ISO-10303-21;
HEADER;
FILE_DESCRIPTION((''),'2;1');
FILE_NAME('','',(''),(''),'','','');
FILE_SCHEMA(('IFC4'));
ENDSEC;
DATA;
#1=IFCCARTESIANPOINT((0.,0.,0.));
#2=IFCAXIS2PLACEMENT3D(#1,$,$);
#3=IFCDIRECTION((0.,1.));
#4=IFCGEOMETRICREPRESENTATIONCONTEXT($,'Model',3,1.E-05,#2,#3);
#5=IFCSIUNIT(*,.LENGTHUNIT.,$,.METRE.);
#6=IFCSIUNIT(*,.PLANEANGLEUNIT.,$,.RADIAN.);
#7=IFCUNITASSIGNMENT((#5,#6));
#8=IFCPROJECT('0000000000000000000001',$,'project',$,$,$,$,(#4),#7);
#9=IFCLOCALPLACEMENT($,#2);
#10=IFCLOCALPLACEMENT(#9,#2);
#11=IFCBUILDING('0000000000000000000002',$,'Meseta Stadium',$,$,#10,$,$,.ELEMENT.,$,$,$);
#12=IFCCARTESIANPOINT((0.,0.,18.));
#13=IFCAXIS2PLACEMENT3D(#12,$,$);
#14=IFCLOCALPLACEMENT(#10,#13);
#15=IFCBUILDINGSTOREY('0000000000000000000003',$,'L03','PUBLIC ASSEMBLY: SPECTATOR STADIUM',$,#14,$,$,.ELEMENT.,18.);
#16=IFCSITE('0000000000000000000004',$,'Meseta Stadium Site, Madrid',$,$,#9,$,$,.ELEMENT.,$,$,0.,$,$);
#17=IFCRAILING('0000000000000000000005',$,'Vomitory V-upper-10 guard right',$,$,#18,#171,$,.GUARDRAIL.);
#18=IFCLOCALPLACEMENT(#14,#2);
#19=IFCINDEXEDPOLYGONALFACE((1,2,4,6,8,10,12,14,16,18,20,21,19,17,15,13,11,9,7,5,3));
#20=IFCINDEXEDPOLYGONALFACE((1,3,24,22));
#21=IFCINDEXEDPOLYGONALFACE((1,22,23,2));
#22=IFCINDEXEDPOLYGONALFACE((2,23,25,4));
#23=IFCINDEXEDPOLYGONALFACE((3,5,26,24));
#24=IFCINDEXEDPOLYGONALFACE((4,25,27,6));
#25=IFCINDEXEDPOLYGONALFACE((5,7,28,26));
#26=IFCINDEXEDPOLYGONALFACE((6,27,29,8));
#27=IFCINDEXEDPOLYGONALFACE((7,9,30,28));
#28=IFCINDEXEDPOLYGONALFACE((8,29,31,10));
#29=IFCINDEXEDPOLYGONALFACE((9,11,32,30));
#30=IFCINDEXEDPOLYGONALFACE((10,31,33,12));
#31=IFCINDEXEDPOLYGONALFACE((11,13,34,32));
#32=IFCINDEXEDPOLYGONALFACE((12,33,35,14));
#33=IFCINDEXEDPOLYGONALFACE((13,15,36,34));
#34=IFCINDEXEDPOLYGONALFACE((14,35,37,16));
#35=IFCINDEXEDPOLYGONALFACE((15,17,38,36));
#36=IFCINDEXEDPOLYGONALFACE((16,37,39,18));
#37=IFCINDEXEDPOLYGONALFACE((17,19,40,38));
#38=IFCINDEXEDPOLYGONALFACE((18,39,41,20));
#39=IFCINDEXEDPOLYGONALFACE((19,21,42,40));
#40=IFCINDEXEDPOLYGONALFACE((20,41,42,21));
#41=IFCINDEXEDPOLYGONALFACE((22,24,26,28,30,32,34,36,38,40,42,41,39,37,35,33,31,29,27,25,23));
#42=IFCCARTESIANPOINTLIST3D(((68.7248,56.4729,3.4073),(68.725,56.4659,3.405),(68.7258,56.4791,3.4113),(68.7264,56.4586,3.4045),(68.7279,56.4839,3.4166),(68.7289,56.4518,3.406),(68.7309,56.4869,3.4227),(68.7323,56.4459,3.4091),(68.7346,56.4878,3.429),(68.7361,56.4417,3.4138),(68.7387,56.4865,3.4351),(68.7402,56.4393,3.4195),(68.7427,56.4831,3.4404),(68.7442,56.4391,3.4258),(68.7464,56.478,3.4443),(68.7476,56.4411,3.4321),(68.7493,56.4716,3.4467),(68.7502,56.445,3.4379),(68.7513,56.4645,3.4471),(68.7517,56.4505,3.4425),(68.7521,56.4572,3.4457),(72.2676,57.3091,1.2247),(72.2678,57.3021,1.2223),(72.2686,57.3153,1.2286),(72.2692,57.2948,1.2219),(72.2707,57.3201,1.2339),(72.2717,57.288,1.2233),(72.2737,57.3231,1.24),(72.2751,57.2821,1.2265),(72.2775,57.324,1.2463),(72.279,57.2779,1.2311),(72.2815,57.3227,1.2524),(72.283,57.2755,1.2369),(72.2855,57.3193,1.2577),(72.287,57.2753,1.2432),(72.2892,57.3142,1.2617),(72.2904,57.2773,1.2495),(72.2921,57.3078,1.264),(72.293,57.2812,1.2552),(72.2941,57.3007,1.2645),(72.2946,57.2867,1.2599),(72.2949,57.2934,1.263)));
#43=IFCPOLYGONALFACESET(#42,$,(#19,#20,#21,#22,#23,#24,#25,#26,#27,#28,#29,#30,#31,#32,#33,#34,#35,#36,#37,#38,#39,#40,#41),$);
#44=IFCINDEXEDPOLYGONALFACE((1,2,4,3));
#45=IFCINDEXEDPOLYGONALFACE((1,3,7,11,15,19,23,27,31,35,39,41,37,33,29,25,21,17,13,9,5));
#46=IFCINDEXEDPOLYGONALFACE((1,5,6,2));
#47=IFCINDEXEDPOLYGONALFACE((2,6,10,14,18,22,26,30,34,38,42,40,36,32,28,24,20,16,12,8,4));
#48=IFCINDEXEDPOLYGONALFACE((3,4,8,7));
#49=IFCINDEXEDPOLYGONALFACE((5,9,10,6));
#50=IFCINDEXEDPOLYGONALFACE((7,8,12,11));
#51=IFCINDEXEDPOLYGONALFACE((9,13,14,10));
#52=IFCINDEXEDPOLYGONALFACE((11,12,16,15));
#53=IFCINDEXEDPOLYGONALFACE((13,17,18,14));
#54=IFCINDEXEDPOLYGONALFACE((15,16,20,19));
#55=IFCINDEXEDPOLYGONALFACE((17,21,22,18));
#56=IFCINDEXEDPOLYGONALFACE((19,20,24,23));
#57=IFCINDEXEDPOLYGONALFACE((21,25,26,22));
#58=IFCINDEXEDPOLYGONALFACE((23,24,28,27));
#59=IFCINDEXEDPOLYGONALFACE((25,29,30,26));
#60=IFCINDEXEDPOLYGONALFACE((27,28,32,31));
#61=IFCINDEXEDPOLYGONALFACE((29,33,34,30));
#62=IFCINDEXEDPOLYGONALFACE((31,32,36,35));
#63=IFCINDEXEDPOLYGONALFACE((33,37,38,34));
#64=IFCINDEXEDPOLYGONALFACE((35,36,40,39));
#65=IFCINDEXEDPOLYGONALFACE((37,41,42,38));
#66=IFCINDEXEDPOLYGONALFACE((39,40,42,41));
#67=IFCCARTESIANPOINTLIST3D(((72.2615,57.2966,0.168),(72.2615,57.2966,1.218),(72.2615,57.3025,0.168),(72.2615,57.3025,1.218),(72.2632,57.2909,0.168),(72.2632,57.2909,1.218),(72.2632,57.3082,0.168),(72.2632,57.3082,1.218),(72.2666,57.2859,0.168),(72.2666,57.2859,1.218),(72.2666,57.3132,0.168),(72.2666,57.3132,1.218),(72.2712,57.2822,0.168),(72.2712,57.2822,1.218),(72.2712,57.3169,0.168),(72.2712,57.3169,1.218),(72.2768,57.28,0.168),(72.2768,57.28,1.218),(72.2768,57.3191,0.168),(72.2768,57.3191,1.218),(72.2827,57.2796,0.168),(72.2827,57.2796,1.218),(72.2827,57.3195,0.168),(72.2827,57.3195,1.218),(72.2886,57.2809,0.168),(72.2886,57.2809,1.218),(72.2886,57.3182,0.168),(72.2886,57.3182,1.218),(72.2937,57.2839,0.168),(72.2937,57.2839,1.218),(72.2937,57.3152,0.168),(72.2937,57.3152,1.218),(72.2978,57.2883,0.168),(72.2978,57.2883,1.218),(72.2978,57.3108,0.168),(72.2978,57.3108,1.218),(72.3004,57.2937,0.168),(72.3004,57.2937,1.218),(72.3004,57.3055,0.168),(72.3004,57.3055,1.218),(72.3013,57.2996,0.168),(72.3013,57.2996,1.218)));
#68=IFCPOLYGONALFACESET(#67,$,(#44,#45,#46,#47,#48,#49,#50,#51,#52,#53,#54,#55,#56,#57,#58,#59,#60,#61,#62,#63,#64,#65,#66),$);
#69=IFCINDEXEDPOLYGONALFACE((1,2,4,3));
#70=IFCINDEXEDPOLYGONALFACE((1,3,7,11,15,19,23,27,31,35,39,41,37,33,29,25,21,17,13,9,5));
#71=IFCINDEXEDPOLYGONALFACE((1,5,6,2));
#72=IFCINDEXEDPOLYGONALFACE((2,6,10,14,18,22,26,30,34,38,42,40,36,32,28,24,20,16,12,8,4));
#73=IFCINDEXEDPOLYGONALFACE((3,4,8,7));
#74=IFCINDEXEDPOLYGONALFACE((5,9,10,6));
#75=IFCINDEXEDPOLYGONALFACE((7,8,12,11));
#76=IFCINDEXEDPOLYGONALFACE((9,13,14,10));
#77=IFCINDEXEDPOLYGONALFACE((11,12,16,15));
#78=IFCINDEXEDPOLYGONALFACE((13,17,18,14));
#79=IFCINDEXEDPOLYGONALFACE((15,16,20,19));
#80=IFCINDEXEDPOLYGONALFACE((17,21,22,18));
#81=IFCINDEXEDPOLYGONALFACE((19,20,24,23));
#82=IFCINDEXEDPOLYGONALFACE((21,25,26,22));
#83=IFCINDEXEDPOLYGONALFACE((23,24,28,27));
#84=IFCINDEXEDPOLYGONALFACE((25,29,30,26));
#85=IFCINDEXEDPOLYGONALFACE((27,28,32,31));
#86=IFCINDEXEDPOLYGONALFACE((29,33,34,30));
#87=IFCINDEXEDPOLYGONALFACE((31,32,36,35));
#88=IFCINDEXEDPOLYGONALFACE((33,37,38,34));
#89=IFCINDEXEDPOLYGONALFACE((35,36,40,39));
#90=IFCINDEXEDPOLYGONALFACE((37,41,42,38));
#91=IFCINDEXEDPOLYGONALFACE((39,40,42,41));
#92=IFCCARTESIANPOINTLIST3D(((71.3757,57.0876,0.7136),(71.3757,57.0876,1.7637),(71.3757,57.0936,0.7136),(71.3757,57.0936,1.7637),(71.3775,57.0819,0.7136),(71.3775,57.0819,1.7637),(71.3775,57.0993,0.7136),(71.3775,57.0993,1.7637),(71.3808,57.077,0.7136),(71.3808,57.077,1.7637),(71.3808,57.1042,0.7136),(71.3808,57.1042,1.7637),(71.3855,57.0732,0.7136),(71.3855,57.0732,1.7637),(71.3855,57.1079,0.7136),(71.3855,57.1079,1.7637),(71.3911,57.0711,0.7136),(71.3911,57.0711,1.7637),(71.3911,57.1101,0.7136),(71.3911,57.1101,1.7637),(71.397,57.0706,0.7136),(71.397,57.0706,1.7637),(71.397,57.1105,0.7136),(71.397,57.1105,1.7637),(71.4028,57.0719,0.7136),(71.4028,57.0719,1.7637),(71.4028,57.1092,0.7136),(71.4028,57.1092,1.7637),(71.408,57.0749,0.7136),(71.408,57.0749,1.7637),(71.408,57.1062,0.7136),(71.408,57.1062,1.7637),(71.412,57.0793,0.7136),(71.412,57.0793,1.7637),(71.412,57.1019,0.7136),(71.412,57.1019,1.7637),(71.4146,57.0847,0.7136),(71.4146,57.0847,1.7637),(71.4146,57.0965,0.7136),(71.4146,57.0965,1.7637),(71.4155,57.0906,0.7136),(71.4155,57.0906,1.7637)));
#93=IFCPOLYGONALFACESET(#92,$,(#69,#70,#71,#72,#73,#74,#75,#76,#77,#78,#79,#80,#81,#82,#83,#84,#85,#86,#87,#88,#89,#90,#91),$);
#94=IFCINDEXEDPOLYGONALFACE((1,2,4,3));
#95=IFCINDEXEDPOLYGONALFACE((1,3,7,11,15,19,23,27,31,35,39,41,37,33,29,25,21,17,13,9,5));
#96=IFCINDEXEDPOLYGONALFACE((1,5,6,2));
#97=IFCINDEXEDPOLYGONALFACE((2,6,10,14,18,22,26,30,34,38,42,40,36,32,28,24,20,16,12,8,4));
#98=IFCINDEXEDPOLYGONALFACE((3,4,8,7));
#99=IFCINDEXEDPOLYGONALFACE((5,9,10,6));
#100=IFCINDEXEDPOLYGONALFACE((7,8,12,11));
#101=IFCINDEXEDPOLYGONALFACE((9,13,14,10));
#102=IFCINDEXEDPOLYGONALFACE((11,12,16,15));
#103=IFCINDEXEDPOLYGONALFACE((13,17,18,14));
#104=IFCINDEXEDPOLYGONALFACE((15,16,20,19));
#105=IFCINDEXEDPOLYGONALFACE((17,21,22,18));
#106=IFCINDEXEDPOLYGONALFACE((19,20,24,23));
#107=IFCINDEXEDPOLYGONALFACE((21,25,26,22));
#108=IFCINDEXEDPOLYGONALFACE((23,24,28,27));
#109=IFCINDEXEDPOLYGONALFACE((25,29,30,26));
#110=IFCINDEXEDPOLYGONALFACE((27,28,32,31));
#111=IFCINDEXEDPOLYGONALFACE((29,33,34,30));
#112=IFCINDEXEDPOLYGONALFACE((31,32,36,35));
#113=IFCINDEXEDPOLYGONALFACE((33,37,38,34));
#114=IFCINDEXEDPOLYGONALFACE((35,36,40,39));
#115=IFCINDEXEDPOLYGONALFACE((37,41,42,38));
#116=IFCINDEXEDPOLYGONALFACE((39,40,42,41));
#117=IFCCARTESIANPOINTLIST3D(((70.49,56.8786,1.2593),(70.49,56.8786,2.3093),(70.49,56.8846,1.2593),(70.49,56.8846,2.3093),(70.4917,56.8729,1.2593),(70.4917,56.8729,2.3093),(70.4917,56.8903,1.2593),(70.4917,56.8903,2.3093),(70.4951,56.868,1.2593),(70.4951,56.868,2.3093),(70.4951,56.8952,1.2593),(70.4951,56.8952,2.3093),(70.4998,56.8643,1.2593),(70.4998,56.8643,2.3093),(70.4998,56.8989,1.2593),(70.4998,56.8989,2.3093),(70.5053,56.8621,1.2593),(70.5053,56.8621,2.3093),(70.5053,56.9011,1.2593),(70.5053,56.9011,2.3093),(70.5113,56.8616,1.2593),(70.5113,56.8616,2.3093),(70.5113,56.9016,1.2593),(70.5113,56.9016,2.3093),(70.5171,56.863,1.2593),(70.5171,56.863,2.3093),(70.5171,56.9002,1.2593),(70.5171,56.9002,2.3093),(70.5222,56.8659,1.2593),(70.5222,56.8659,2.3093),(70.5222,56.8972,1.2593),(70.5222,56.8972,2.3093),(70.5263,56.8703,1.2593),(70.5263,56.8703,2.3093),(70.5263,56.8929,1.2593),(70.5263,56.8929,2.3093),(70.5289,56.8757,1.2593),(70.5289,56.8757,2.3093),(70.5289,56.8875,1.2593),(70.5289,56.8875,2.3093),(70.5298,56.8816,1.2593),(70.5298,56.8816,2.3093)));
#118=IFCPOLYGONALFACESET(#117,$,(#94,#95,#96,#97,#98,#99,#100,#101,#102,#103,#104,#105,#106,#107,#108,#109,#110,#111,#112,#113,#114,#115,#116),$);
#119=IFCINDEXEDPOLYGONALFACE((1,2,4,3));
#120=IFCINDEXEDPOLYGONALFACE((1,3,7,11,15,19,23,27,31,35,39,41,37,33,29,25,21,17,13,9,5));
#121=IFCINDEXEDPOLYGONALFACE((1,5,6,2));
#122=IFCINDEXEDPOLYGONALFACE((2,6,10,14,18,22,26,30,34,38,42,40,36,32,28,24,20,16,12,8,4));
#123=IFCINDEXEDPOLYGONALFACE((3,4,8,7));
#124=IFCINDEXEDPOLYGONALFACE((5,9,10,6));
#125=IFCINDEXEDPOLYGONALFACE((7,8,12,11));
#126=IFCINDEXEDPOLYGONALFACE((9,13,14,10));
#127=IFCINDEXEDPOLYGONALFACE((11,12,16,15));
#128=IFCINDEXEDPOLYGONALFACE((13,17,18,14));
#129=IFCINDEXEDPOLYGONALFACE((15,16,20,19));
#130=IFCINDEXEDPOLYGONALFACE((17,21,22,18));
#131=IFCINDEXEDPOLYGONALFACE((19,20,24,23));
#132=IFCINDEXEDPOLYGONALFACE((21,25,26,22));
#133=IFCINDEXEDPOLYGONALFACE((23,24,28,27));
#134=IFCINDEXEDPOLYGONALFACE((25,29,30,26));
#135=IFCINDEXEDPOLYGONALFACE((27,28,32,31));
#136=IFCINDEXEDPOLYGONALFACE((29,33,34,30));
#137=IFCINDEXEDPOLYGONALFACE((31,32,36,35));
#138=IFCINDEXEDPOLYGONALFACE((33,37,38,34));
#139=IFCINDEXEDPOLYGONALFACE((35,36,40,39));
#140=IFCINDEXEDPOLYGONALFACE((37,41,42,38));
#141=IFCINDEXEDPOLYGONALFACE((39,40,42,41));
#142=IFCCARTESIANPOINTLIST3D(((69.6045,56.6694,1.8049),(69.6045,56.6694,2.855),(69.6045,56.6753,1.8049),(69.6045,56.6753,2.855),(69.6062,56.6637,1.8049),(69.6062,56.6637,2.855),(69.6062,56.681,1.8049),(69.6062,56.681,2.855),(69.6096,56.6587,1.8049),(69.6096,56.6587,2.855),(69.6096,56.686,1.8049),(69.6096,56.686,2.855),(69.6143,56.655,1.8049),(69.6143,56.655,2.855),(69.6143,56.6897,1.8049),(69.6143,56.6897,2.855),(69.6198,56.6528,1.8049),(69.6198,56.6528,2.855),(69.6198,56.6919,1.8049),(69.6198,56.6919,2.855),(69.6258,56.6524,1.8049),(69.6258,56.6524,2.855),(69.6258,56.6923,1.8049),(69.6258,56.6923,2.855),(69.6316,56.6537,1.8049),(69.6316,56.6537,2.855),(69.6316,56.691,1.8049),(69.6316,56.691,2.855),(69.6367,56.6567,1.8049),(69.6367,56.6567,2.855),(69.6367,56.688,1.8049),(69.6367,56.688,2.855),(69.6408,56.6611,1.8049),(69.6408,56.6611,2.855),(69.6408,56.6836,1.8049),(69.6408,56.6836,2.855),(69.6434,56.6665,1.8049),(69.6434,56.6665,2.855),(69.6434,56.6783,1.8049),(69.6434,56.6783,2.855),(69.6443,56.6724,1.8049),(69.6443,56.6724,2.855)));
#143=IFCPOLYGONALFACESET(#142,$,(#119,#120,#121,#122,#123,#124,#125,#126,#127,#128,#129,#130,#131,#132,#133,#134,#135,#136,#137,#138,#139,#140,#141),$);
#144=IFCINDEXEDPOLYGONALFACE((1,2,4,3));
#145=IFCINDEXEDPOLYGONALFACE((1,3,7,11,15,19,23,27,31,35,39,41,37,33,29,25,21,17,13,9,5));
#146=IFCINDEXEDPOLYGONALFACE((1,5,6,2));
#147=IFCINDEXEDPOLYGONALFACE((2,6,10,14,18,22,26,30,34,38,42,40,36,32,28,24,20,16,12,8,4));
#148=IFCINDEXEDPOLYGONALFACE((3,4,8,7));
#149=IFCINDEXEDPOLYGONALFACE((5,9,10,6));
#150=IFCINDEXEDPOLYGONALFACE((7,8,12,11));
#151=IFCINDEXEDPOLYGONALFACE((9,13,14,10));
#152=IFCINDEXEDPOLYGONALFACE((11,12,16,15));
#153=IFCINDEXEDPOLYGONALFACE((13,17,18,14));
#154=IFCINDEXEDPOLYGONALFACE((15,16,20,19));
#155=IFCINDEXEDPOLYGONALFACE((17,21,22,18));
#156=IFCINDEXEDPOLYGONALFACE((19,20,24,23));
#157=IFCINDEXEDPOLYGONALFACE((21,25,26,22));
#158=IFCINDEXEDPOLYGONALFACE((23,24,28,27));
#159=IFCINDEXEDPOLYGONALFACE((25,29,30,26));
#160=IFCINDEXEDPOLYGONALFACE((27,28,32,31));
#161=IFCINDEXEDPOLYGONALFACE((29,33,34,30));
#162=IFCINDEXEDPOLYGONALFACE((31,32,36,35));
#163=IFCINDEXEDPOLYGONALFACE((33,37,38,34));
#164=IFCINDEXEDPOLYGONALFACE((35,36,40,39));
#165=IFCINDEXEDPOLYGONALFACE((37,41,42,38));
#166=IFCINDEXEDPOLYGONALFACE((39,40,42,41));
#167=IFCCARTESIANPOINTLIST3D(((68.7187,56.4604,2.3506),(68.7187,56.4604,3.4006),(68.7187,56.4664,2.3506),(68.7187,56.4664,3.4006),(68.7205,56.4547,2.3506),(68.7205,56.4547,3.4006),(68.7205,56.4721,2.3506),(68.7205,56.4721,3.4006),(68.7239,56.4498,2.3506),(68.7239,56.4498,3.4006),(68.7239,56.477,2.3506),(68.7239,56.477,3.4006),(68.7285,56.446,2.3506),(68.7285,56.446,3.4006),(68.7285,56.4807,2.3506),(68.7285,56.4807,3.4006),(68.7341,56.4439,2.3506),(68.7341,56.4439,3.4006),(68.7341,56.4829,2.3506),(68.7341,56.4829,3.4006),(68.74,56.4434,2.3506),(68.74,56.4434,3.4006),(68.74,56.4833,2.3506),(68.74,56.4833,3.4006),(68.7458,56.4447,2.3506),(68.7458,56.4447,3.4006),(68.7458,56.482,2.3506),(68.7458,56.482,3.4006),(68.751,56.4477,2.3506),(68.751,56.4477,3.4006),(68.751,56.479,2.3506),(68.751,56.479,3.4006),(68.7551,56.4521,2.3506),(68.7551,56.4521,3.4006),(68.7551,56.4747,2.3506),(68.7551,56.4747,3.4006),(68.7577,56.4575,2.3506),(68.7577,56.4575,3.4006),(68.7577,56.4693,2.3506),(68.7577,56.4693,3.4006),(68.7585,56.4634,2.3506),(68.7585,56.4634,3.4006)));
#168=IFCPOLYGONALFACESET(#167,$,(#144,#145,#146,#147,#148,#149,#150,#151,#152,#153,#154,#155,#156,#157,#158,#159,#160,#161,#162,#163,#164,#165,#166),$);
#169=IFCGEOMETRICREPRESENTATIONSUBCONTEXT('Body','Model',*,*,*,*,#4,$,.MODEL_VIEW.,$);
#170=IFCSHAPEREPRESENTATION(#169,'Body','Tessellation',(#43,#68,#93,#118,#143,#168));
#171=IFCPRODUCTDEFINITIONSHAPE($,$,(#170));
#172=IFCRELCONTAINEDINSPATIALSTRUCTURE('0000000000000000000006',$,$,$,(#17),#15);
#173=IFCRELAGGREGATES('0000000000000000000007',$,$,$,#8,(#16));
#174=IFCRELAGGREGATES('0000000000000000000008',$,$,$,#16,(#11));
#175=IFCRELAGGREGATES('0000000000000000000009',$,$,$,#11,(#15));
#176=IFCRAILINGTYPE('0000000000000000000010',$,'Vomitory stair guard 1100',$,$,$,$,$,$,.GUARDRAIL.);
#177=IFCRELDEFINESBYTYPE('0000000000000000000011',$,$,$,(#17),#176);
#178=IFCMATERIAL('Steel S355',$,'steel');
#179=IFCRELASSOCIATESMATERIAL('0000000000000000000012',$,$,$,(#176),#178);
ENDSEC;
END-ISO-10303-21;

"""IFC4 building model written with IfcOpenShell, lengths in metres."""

from ifc_helpers import new_model, si_unit, direction, frame, origin, origin_2d, place, context, subcontext, project, spatial, circle, extrude, material, type_object, element, save


model = new_model("IFC4")

# Units and contexts
model_context = context("Model", 3, precision=1e-05, world=origin(), true_north=direction((0.0, 1.0)))
body_context = subcontext(model_context, "Body", "Model", "MODEL_VIEW")
ifc_project = project(units=[si_unit("LENGTHUNIT", "METRE"), si_unit("PLANEANGLEUNIT", "RADIAN")], contexts=[model_context])

# Site, building, storey
site_placement = place(None, origin())
site = spatial("IfcSite", under=ifc_project, at=site_placement, Name="Meseta Stadium Site, Madrid", CompositionType="ELEMENT", RefElevation=0.0)
building_placement = place(site_placement, origin())
building = spatial("IfcBuilding", under=site, at=building_placement, Name="Meseta Stadium", CompositionType="ELEMENT")
storey_placement = place(building_placement, frame((0.0, 0.0, 18.0)))
storey = spatial("IfcBuildingStorey", under=building, at=storey_placement, Name="L03", Description="PUBLIC ASSEMBLY: SPECTATOR STADIUM", CompositionType="ELEMENT", Elevation=18.0)

# Railing
ifc_material_1 = material(Name="Steel S355", Category="steel")
railing_type_1 = type_object("IfcRailingType", Name="Vomitory stair guard 1100", PredefinedType="GUARDRAIL", material=ifc_material_1)
for number, where, name in (
    (1, (72.2812, 57.2996, 0.168), "Vomitory V-upper-10 guard right"),
):
    element("IfcRailing", number, at=place(storey_placement, frame(where)), inside=storey, type_object=railing_type_1, Name=name, PredefinedType="GUARDRAIL", context=body_context, shape_type="SweptSolid", body=[
        extrude(circle(Radius=0.0249, at=origin_2d()), frame((0.0, 0.0, 1.0752), z_axis=(-0.834706, -0.197014, 0.514249), x_axis=(0.229716, -0.973258, 0.0)), (0.0, 0.0, 1.0), 4.2444),
        extrude(circle(Radius=0.02, at=origin_2d()), origin(), (0.0, 0.0, 1.0), 1.05),
        extrude(circle(Radius=0.02, at=origin_2d()), frame((-0.8857, -0.209, 0.5457)), (0.0, 0.0, 1.0), 1.05),
        extrude(circle(Radius=0.02, at=origin_2d()), frame((-1.7715, -0.418, 1.0913)), (0.0, 0.0, 1.0), 1.05),
        extrude(circle(Radius=0.02, at=origin_2d()), frame((-2.657, -0.6272, 1.637)), (0.0, 0.0, 1.0), 1.05),
        extrude(circle(Radius=0.02, at=origin_2d()), frame((-3.5427, -0.8362, 2.1826)), (0.0, 0.0, 1.0), 1.05),
    ])

save(model, "model.ifc")
